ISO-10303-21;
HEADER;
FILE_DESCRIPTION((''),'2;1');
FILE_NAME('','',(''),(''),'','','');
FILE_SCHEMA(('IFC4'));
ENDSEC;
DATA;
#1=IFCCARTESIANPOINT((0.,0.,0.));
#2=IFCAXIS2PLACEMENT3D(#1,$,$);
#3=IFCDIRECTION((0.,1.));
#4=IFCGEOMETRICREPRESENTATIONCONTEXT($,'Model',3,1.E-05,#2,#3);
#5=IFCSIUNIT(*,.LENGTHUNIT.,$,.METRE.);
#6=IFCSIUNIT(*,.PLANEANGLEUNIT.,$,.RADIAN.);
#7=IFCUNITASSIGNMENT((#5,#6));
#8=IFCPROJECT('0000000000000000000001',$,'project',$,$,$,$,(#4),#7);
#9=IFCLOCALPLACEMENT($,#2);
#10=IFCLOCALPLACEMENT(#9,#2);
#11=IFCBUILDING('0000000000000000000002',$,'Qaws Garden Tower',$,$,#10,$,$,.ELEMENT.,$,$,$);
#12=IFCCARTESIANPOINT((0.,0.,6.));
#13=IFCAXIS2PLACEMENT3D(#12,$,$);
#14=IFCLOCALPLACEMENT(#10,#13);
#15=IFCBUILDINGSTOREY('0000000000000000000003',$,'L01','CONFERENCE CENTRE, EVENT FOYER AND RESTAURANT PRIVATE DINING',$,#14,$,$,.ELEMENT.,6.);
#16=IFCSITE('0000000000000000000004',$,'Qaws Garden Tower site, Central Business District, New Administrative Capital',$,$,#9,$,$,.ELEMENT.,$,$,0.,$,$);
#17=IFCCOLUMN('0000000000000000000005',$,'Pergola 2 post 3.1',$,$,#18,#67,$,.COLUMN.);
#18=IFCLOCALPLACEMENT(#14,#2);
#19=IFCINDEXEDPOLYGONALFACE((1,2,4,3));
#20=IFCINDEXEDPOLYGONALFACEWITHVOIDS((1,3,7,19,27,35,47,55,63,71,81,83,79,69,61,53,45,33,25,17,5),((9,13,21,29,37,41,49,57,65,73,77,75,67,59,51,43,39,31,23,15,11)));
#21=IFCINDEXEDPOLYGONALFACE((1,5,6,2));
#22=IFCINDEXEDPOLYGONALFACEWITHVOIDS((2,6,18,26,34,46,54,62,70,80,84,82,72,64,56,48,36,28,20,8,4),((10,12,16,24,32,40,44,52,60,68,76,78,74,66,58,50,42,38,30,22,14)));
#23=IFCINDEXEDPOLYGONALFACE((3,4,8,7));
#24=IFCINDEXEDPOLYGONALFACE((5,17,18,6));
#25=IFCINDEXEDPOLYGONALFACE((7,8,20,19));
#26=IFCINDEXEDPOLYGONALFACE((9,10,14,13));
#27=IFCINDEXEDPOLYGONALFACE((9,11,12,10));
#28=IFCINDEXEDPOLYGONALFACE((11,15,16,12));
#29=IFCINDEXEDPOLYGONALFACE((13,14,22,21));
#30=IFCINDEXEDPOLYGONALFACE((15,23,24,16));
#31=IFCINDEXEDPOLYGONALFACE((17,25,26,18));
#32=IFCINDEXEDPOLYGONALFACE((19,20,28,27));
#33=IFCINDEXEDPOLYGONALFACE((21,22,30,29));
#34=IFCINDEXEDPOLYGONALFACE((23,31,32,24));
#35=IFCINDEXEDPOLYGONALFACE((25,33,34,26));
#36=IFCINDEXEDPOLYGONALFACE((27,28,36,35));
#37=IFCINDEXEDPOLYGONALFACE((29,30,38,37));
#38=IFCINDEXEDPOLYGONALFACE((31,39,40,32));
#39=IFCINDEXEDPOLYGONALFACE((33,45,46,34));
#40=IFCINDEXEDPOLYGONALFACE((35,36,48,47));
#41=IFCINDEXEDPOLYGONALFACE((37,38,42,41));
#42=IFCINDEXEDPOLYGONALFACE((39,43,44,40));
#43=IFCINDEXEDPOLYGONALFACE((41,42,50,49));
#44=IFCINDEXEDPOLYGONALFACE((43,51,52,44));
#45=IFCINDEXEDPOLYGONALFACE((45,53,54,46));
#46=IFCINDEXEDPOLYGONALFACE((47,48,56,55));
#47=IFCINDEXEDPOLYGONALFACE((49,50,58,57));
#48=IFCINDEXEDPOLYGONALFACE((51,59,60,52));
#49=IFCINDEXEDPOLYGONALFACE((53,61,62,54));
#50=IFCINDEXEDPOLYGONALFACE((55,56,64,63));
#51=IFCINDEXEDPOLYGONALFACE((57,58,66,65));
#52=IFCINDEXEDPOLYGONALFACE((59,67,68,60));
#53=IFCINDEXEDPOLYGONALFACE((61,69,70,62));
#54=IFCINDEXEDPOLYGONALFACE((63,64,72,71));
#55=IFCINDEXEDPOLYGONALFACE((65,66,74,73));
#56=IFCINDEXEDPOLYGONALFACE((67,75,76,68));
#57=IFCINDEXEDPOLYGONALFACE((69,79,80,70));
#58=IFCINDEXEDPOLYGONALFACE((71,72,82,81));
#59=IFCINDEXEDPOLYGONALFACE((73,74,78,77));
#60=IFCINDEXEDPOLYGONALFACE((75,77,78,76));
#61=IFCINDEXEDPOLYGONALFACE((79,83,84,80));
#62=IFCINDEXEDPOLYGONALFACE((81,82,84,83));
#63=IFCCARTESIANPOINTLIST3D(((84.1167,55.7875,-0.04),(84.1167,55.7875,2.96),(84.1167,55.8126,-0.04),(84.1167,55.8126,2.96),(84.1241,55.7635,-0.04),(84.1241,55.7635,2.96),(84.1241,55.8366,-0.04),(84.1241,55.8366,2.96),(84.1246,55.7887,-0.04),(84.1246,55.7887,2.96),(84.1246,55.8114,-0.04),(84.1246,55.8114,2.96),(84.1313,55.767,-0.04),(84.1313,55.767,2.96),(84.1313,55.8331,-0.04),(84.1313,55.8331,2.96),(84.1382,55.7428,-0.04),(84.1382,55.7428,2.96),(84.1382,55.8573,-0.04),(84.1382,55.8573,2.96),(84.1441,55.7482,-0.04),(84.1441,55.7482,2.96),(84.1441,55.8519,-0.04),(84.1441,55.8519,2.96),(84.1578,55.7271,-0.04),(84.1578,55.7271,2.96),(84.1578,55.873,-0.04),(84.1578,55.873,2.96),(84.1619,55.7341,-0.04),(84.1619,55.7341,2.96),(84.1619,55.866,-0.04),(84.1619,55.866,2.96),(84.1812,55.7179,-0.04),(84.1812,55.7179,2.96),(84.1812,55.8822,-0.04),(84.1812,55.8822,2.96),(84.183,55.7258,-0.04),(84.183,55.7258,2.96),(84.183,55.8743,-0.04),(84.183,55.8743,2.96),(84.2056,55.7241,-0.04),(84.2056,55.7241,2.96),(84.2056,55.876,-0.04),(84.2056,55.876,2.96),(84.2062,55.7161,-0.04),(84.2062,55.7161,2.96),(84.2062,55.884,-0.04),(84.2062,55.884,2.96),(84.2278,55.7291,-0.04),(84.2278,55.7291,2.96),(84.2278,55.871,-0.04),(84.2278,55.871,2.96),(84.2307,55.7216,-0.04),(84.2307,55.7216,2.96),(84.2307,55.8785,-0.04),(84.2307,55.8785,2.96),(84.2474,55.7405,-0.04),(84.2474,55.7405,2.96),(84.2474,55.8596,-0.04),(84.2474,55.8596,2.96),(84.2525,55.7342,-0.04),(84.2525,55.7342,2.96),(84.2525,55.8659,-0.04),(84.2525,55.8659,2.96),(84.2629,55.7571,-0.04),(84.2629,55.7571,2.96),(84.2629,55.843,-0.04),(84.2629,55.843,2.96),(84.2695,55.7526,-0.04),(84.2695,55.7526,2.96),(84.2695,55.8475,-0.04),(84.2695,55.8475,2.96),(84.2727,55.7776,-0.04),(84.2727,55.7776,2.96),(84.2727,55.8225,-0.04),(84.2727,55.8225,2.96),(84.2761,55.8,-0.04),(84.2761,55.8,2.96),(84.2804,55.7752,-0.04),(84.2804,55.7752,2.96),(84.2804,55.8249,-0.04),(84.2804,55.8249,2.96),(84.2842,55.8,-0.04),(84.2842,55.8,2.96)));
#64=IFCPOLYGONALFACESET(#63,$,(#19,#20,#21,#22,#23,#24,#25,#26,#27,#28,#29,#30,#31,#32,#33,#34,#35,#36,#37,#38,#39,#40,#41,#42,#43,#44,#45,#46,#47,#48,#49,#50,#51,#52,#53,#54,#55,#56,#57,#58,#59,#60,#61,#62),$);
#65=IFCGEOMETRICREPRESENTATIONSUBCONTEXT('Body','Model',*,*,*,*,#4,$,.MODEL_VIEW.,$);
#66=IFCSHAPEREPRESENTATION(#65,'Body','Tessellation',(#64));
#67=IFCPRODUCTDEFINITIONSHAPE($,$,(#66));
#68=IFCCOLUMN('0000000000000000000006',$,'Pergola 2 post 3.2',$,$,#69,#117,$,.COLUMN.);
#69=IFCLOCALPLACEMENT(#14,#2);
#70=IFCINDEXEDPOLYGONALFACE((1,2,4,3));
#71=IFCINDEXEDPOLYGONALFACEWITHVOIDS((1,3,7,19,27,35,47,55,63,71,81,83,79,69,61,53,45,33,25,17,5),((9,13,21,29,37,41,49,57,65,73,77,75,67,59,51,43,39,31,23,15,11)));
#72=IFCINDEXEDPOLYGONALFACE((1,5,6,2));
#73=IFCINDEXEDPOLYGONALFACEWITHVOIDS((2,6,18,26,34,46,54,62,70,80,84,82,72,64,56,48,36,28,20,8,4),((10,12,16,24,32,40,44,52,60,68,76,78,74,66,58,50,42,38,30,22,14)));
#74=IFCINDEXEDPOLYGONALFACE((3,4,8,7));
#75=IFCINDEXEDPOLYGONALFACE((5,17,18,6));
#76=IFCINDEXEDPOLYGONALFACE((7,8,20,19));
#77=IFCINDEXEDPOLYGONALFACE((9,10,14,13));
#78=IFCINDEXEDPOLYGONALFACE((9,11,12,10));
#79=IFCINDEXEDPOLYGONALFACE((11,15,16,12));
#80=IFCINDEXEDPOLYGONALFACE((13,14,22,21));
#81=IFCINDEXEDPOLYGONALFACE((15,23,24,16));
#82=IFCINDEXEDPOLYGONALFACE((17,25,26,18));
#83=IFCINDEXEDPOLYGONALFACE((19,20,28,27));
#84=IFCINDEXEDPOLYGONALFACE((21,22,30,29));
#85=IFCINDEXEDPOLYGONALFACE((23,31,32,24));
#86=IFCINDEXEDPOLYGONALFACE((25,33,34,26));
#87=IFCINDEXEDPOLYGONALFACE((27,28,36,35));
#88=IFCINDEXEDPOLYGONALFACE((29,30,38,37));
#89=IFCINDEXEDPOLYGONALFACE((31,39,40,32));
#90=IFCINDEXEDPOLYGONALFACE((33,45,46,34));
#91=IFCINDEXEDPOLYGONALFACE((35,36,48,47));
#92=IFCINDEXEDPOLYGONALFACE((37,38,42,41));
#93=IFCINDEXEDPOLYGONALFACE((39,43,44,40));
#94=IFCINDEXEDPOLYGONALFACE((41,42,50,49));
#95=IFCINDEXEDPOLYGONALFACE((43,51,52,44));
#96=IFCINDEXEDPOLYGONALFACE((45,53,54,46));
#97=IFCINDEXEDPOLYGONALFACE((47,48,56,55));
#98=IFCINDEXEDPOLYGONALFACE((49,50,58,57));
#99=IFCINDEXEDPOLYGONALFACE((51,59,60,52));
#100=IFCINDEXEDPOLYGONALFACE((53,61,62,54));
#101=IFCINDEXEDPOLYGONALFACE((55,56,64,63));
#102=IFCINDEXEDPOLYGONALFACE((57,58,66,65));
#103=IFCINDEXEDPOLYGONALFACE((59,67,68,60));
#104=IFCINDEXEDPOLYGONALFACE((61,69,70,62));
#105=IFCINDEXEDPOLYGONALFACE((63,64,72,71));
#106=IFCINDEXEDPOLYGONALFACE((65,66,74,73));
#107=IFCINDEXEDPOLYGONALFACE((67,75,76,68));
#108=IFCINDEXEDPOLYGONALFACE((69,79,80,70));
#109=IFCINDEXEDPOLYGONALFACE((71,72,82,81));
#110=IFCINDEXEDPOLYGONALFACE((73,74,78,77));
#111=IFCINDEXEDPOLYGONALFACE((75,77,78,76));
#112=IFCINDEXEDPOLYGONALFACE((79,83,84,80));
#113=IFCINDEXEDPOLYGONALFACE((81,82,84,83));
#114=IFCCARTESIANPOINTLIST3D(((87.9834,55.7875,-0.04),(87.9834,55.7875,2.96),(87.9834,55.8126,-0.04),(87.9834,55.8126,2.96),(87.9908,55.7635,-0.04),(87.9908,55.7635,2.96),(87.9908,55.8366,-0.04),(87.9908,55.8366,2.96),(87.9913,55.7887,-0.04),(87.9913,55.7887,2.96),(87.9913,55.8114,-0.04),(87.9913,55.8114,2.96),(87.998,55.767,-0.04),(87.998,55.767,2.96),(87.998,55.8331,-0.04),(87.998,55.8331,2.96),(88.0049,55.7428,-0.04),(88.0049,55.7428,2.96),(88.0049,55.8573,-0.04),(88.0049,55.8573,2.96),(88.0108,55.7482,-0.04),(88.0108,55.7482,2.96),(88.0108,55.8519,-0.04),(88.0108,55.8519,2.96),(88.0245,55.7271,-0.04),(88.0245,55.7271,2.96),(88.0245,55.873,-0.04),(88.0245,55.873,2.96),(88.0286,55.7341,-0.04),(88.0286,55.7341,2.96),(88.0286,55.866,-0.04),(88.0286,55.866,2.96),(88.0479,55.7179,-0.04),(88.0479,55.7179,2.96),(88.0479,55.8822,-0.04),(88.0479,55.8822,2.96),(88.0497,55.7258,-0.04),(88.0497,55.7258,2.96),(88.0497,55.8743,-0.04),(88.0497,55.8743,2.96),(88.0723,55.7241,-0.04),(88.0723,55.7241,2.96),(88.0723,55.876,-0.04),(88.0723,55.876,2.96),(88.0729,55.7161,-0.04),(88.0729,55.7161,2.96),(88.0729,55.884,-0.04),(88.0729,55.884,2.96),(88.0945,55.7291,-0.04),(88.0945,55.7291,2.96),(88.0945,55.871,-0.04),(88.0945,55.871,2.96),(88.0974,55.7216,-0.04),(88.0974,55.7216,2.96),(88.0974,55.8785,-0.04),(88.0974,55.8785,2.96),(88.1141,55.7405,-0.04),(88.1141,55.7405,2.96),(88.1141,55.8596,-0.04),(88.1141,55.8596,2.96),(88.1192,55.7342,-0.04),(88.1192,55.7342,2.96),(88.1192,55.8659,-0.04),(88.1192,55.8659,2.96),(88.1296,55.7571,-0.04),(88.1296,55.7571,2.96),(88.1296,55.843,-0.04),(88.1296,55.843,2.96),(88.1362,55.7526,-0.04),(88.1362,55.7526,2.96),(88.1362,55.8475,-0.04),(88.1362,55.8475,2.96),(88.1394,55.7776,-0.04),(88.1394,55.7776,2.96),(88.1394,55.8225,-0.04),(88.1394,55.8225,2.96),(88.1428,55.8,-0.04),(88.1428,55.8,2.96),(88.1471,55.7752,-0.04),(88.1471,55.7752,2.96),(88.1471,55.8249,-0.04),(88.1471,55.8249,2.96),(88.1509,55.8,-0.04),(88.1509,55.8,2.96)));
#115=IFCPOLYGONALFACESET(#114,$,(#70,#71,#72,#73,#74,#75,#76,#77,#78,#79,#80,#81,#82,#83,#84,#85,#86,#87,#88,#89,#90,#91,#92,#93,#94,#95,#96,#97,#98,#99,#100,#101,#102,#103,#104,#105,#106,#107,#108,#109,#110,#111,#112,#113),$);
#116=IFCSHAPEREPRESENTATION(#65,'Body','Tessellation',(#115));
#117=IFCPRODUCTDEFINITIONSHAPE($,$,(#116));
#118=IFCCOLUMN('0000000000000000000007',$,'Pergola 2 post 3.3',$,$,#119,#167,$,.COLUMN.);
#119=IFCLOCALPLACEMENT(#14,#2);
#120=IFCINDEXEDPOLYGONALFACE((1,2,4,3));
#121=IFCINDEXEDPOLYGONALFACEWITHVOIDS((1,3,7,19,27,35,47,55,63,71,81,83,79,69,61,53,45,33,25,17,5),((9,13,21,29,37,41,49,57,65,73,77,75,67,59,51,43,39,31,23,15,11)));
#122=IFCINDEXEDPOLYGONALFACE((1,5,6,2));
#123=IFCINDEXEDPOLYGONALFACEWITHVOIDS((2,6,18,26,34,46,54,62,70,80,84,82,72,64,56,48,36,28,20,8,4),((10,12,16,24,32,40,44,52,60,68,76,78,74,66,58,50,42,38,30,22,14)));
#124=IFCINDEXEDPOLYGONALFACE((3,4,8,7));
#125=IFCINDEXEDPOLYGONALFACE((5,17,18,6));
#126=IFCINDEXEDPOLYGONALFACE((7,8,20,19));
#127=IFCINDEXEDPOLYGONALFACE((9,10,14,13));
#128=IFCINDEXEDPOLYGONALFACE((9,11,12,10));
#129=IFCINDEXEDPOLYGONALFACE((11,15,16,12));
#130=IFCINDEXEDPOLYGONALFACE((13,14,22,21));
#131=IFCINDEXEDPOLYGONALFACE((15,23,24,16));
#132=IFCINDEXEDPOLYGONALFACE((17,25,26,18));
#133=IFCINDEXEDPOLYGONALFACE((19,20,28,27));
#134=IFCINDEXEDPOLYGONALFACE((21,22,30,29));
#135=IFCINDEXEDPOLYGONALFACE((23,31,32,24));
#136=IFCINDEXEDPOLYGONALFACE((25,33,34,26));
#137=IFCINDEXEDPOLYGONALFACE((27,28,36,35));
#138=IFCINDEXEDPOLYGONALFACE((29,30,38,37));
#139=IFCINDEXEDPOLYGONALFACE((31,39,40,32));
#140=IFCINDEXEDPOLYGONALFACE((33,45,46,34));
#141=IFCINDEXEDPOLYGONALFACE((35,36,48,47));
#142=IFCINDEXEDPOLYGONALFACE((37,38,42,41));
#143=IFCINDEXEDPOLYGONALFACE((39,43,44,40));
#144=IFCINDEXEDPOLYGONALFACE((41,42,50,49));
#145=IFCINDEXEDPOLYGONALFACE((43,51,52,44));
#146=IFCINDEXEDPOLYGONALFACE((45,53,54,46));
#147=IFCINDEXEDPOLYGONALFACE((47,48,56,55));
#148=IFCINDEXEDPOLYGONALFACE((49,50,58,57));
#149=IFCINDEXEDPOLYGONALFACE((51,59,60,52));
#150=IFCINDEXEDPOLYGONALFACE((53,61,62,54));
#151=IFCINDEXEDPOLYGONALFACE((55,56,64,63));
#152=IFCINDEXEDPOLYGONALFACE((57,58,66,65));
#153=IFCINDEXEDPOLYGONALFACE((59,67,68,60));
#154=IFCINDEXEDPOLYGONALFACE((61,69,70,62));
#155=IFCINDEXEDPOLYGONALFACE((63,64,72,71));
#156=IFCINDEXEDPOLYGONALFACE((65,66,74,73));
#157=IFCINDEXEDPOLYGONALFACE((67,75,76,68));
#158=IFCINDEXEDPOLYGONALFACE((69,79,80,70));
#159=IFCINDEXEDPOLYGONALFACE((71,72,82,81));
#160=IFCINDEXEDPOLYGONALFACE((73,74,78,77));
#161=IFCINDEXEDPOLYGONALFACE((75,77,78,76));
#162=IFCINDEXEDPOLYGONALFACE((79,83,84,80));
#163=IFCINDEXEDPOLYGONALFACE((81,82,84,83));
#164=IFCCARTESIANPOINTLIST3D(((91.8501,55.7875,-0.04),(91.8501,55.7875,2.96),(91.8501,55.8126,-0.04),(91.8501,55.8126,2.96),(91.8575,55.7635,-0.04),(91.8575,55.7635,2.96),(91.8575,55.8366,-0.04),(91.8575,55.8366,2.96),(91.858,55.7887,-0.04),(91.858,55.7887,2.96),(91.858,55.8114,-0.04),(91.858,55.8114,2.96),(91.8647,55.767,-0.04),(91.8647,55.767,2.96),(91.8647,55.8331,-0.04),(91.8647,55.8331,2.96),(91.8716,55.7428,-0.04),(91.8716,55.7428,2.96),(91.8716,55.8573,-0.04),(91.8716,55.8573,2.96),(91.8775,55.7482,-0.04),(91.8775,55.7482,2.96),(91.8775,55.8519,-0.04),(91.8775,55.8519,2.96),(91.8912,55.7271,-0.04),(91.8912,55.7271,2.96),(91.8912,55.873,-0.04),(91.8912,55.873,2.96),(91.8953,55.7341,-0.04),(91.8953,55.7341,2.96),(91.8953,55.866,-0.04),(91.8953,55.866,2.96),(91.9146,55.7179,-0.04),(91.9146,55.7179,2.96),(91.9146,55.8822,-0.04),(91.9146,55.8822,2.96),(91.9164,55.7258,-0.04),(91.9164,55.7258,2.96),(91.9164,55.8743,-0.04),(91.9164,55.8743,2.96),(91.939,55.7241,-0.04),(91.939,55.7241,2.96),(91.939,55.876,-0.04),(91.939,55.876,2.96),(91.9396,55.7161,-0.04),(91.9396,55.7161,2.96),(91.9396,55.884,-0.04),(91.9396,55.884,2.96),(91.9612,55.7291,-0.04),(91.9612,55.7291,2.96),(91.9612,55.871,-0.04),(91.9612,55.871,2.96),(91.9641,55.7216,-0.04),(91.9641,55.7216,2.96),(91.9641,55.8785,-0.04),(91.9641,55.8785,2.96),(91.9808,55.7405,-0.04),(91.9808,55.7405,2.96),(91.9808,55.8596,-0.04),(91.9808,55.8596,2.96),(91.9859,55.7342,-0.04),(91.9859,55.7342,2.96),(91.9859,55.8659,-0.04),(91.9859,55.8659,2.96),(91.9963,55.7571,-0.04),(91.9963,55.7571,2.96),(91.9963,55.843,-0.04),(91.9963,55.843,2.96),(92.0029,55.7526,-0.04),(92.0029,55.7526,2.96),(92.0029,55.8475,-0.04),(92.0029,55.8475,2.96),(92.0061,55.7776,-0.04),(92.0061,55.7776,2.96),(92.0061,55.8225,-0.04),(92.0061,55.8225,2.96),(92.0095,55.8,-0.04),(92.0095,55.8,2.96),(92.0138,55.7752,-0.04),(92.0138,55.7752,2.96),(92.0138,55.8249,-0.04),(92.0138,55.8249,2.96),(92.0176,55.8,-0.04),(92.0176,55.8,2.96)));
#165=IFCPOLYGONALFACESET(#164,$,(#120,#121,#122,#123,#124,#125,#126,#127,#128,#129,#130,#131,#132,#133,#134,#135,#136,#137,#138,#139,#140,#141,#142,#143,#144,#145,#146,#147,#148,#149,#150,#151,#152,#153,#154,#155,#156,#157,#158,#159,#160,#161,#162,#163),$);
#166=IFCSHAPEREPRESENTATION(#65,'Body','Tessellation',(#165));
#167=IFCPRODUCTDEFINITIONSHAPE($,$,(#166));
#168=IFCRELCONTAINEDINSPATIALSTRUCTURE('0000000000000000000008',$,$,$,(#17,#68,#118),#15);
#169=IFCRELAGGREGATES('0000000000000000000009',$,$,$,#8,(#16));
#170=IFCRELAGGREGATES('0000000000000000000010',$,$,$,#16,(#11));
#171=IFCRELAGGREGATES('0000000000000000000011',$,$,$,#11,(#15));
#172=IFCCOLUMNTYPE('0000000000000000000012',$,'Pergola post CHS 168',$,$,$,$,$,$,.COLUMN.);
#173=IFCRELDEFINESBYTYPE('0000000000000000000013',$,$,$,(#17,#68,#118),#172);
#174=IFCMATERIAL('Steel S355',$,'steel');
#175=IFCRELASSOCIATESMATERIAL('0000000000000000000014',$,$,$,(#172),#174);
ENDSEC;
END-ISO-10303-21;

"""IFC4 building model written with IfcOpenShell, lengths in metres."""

from ifc_helpers import new_model, si_unit, direction, frame, origin, origin_2d, place, context, subcontext, project, spatial, hollow_circle, extrude, material, material_profile, profile_set, type_object, element, save


model = new_model("IFC4")

# Units and contexts
model_context = context("Model", 3, precision=1e-05, world=origin(), true_north=direction((0.0, 1.0)))
body_context = subcontext(model_context, "Body", "Model", "MODEL_VIEW")
ifc_project = project(units=[si_unit("LENGTHUNIT", "METRE"), si_unit("PLANEANGLEUNIT", "RADIAN")], contexts=[model_context])

# Site, building, storey
site_placement = place(None, origin())
site = spatial("IfcSite", under=ifc_project, at=site_placement, Name="Qaws Garden Tower site, Central Business District, New Administrative Capital", CompositionType="ELEMENT", RefElevation=0.0)
building_placement = place(site_placement, origin())
building = spatial("IfcBuilding", under=site, at=building_placement, Name="Qaws Garden Tower", CompositionType="ELEMENT")
storey_placement = place(building_placement, frame((0.0, 0.0, 6.0)))
storey = spatial("IfcBuildingStorey", under=building, at=storey_placement, Name="L01", Description="CONFERENCE CENTRE, EVENT FOYER AND RESTAURANT PRIVATE DINING", CompositionType="ELEMENT", Elevation=6.0)

# Columns
ifc_material_1 = material(Name="Steel S355", Category="steel")
ifc_material_profile_1 = material_profile(ifc_material_1, hollow_circle(Radius=0.0842, WallThickness=0.0081, at=origin_2d()), Name="Pergola post CHS 168")
ifc_profile_set_1 = profile_set([ifc_material_profile_1], Name="Steel S355")
column_type = type_object("IfcColumnType", Name="Pergola post CHS 168", PredefinedType="COLUMN", material=ifc_profile_set_1)
for number, where, z_axis, x_axis, name in (
    (1, (84.2, 55.8, -0.04), (0.0, 0.0, 1.0), (1.0, 0.0, 0.0), "Pergola 2 post 3.1"),
    (2, (88.0667, 55.8, -0.04), (0.0, 0.0, 1.0), (1.0, 0.0, 0.0), "Pergola 2 post 3.2"),
    (3, (91.9333, 55.8, -0.04), (0.0, 0.0, 1.0), (1.0, 0.0, 0.0), "Pergola 2 post 3.3"),
):
    element("IfcColumn", number, at=place(storey_placement, frame(where, z_axis=z_axis, x_axis=x_axis)), inside=storey, type_object=column_type, Name=name, PredefinedType="COLUMN", context=body_context, shape_type="SweptSolid", body=[
        extrude(hollow_circle(Radius=0.0842, WallThickness=0.0081, at=origin_2d()), origin(), (0.0, 0.0, 1.0), 3.0),
    ])

save(model, "model.ifc")
